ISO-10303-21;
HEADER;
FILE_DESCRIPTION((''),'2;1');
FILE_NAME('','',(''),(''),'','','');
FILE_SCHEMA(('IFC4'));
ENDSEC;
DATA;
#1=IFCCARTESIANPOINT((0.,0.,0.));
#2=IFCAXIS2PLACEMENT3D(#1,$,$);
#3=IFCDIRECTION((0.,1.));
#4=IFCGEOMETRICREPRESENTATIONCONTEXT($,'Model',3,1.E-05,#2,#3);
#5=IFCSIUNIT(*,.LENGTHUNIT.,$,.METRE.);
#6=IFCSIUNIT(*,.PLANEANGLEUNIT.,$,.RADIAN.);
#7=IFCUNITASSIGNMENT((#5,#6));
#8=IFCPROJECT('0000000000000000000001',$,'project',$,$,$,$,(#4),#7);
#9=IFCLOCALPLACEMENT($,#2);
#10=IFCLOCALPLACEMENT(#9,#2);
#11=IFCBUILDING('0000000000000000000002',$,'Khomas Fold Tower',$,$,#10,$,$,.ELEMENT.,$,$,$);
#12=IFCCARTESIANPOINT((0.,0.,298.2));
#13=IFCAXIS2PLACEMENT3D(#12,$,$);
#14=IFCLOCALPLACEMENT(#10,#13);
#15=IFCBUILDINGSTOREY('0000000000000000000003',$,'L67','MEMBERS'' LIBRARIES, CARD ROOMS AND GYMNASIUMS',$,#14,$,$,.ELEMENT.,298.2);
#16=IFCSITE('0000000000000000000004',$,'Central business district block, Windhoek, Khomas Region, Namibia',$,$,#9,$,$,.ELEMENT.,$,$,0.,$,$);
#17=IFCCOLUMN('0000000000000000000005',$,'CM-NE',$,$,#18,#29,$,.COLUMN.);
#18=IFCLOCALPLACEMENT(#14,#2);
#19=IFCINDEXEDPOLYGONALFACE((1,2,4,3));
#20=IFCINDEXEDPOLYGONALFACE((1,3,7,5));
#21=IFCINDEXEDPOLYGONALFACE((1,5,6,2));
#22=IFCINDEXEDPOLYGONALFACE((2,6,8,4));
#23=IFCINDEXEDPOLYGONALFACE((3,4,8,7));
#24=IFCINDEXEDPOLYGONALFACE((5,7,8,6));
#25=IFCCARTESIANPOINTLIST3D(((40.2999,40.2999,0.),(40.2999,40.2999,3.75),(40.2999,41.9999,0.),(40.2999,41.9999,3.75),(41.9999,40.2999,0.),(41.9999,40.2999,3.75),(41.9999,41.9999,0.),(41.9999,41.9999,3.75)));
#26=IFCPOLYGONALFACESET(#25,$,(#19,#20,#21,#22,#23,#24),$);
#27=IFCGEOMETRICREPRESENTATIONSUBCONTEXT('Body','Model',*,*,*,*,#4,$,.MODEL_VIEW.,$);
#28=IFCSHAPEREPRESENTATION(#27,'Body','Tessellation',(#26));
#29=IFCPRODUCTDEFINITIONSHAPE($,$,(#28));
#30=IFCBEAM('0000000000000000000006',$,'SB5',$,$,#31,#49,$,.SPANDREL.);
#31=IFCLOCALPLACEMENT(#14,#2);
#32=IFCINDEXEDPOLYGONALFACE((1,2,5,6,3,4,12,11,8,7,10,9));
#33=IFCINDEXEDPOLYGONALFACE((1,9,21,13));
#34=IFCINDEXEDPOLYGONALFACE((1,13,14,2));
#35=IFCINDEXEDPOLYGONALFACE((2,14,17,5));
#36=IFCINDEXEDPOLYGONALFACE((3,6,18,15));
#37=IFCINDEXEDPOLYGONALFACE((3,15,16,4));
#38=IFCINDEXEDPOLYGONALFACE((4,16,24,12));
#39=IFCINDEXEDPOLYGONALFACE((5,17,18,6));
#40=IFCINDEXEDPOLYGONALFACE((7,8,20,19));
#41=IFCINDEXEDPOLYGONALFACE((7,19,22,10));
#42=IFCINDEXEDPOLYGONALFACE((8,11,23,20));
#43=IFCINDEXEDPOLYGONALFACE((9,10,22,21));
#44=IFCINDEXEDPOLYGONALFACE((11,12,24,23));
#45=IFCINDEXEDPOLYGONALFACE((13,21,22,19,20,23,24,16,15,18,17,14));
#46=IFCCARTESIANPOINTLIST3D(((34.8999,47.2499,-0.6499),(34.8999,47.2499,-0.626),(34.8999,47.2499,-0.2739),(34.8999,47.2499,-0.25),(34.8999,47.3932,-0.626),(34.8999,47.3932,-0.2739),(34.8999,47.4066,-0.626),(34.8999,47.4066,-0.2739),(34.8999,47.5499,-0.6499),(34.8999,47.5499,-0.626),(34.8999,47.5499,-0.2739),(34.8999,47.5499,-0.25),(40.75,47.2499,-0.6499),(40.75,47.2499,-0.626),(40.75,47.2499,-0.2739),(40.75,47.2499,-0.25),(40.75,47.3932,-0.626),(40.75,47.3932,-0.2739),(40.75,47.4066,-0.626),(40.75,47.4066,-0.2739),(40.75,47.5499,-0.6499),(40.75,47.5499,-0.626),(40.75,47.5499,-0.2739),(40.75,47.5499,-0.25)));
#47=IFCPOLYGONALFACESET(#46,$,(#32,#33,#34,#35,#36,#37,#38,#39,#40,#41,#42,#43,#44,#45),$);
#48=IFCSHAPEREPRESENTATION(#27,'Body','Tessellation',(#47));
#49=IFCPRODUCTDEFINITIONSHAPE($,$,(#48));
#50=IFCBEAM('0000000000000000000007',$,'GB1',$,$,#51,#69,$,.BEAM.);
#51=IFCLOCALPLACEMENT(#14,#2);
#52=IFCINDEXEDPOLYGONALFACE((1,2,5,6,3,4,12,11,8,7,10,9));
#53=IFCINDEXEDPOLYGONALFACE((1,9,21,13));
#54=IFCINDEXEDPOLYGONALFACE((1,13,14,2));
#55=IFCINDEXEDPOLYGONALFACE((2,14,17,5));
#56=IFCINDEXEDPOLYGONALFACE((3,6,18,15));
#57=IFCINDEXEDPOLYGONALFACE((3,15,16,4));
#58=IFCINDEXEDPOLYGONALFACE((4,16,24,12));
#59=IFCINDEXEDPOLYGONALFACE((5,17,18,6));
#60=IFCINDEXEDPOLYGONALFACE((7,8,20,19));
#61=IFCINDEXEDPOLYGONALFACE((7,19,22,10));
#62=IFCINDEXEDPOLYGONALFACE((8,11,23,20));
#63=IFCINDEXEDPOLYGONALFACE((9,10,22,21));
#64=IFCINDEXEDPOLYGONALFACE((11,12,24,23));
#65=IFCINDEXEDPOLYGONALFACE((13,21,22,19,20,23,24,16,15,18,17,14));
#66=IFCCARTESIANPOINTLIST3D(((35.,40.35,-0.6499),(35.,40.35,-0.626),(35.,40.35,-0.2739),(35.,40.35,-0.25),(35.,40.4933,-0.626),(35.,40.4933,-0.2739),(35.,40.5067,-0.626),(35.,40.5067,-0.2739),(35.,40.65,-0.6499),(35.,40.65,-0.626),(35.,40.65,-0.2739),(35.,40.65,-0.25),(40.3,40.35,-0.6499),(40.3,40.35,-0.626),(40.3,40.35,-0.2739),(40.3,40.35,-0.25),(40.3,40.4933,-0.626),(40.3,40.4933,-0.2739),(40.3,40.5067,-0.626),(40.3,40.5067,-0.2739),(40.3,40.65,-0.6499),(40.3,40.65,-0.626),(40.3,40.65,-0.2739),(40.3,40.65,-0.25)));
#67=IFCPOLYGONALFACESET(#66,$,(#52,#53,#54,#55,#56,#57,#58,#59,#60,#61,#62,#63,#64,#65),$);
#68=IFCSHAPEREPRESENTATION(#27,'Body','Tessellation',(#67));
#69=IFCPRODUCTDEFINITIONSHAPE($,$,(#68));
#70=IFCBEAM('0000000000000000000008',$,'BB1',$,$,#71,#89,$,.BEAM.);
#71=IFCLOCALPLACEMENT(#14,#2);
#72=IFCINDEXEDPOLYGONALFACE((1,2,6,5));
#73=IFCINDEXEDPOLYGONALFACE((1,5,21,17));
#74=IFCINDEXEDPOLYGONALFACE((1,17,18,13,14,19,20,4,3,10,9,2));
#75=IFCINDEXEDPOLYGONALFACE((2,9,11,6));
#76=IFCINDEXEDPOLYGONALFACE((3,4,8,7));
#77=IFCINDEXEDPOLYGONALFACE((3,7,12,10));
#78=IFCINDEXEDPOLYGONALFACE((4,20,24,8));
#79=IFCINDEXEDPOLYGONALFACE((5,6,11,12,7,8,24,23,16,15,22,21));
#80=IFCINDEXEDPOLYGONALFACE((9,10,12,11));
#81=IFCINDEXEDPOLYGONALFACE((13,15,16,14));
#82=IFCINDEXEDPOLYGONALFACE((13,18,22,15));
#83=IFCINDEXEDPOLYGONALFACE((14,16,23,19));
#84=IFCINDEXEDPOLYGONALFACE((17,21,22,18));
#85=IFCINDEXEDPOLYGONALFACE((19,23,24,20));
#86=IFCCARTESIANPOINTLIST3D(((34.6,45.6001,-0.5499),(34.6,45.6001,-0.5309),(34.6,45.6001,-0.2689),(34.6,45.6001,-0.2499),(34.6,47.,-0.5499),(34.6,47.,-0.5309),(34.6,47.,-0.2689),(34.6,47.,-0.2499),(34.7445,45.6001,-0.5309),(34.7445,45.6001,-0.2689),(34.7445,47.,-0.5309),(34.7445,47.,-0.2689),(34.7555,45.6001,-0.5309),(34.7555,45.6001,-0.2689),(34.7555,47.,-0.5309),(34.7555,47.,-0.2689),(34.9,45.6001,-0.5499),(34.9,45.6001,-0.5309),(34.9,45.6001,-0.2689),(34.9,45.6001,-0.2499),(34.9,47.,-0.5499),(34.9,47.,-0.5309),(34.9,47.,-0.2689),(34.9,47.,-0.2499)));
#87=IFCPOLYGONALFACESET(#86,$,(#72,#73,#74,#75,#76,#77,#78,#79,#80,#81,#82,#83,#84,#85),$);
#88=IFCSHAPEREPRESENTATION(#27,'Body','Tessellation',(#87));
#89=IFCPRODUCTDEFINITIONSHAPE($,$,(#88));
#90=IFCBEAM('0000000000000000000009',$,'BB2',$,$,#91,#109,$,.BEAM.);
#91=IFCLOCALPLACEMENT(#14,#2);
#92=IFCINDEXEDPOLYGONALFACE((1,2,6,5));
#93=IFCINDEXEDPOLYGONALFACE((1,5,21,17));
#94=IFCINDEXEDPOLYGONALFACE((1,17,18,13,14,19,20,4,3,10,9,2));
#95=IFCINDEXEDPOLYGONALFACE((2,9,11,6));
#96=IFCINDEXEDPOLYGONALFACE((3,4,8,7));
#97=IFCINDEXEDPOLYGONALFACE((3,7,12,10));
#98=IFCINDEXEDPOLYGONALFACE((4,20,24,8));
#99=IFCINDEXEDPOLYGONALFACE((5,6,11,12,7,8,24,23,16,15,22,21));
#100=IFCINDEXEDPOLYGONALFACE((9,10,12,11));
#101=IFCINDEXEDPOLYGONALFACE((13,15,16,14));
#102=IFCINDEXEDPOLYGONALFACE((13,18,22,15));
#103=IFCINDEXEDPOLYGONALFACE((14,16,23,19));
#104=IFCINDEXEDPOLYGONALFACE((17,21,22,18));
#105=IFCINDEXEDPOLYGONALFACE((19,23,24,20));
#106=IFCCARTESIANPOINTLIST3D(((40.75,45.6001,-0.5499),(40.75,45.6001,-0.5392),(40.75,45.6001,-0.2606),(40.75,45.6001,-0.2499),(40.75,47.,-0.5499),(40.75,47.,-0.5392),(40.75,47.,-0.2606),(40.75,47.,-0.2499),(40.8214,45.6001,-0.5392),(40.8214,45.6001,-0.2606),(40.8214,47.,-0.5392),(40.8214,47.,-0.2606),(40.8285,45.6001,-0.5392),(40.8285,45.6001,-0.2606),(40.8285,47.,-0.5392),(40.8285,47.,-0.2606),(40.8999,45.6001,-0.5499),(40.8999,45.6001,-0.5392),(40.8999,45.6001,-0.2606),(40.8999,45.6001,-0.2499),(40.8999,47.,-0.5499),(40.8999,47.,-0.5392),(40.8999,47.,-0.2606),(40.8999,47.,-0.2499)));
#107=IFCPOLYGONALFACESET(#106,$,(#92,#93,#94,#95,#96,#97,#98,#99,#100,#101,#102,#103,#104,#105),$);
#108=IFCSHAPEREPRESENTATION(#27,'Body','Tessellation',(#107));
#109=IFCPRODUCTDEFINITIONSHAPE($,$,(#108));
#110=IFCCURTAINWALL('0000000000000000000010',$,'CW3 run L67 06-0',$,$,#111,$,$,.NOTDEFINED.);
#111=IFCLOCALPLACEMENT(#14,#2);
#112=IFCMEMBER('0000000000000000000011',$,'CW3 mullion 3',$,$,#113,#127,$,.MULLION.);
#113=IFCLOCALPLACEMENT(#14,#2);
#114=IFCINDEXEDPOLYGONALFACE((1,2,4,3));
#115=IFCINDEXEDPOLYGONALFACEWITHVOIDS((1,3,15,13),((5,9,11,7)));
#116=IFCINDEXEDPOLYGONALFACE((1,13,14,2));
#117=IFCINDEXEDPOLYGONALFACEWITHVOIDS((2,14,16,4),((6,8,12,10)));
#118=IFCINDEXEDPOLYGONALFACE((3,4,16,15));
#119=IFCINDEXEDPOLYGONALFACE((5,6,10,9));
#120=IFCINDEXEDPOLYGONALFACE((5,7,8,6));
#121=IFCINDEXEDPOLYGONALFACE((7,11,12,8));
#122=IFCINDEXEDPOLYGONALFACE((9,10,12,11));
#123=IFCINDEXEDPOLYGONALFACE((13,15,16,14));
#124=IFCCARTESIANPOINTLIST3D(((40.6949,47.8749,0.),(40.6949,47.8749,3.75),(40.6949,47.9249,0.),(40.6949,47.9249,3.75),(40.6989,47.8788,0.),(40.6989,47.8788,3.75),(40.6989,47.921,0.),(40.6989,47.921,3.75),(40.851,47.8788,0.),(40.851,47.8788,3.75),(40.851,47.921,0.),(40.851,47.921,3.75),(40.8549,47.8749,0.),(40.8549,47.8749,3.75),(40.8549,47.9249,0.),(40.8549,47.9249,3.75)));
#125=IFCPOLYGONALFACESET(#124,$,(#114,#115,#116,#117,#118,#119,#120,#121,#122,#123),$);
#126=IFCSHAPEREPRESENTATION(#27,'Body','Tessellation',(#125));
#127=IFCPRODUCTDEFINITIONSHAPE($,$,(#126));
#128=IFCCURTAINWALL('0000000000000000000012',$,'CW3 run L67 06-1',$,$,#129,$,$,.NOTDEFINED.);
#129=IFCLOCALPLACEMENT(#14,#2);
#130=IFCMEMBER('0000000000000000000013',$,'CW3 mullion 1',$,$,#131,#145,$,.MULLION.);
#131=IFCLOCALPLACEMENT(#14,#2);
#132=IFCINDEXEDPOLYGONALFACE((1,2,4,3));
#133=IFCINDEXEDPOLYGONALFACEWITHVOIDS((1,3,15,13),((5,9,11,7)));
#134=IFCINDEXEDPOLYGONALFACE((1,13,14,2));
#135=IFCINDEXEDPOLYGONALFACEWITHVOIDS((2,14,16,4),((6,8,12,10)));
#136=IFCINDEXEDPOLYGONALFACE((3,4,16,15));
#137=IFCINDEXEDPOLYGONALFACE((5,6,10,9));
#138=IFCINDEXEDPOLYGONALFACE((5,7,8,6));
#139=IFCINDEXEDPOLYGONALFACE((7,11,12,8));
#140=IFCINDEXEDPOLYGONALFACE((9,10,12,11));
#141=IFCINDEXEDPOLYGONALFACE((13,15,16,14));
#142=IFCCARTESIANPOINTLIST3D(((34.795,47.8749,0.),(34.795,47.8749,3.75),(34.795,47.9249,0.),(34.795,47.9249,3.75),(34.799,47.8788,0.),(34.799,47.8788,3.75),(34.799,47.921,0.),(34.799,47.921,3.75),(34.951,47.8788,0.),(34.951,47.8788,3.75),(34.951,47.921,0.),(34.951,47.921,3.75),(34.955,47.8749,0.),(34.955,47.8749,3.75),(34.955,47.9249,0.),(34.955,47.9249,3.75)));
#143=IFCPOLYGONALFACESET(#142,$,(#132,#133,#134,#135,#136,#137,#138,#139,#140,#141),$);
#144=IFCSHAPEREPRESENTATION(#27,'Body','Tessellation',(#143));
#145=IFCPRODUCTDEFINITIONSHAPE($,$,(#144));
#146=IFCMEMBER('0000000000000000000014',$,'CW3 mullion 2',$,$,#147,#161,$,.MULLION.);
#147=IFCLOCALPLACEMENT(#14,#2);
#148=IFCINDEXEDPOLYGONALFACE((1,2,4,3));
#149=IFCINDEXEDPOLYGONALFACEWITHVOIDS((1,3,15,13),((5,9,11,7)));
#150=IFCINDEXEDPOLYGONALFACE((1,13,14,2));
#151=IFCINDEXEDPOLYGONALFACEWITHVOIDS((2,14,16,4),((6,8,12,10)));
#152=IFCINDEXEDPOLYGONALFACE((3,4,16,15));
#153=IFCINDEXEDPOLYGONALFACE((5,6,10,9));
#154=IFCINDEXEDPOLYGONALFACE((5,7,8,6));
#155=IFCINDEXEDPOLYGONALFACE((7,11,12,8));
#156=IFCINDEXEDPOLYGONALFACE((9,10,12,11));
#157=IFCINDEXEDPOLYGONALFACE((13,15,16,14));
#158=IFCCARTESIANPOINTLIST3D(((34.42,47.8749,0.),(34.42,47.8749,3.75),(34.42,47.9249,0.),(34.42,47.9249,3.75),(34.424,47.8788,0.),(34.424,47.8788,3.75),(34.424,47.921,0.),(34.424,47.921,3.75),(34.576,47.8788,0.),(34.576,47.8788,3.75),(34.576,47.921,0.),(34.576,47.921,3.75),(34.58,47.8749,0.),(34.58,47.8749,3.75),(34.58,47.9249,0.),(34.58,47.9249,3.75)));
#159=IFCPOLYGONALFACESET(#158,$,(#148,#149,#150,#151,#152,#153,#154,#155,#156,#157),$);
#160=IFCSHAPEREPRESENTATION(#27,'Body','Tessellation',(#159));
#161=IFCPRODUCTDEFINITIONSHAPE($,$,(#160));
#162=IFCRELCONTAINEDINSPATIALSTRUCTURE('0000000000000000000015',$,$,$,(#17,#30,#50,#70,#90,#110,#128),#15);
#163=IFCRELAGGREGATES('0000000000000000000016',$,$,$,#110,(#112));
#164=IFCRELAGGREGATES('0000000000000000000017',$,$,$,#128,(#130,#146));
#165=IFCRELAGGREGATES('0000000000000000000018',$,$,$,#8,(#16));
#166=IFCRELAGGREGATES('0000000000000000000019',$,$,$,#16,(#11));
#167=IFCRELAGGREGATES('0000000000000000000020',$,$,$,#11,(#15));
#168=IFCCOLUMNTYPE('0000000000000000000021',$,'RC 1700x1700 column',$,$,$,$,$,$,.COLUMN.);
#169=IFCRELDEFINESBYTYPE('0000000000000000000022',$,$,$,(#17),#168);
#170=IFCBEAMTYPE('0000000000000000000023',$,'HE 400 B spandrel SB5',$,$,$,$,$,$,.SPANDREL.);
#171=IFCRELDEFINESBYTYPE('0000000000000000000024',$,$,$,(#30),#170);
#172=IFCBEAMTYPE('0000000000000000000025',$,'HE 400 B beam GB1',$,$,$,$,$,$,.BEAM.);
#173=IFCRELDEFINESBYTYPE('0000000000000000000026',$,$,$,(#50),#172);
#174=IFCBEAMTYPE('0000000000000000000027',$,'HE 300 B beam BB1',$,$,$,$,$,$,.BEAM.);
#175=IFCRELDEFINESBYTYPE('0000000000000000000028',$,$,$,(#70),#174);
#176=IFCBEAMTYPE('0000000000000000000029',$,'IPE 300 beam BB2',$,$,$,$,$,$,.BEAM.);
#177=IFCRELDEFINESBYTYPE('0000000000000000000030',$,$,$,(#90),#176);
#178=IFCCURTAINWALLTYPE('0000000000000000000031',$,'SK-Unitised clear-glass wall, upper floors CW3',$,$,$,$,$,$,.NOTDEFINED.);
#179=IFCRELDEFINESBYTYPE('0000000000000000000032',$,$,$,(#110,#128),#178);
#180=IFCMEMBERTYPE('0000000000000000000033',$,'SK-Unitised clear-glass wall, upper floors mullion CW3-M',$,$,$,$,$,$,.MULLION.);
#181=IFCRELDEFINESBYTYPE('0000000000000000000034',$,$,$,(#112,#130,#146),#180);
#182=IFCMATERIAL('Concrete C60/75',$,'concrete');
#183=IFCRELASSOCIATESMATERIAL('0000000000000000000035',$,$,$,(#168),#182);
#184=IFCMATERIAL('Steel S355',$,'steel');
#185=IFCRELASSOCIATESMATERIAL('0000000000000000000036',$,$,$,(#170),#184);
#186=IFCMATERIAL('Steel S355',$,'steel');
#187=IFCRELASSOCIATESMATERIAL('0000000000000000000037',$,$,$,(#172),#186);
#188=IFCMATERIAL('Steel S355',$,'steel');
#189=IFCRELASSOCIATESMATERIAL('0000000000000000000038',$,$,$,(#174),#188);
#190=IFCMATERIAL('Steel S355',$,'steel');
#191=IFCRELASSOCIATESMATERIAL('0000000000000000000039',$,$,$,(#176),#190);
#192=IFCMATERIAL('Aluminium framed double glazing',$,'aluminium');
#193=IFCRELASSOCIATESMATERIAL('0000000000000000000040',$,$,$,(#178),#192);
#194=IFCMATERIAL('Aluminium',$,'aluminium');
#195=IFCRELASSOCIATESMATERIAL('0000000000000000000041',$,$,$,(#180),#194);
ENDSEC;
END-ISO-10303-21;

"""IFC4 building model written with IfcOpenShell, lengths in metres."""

from ifc_helpers import new_model, si_unit, direction, frame, origin, origin_2d, place, context, subcontext, project, spatial, rectangle, hollow_rectangle, i_section, extrude, source, transform, mapped, material, material_profile, profile_set, type_object, element, aggregate, save


model = new_model("IFC4")

# Units and contexts
model_context = context("Model", 3, precision=1e-05, world=origin(), true_north=direction((0.0, 1.0)))
body_context = subcontext(model_context, "Body", "Model", "MODEL_VIEW")
ifc_project = project(units=[si_unit("LENGTHUNIT", "METRE"), si_unit("PLANEANGLEUNIT", "RADIAN")], contexts=[model_context])

# Site, building, storey
site_placement = place(None, origin())
site = spatial("IfcSite", under=ifc_project, at=site_placement, Name="Central business district block, Windhoek, Khomas Region, Namibia", CompositionType="ELEMENT", RefElevation=0.0)
building_placement = place(site_placement, origin())
building = spatial("IfcBuilding", under=site, at=building_placement, Name="Khomas Fold Tower", CompositionType="ELEMENT")
storey_placement = place(building_placement, frame((0.0, 0.0, 298.2)))
storey = spatial("IfcBuildingStorey", under=building, at=storey_placement, Name="L67", Description="MEMBERS' LIBRARIES, CARD ROOMS AND GYMNASIUMS", CompositionType="ELEMENT", Elevation=298.2)

# Column
ifc_material_1 = material(Name="Concrete C60/75", Category="concrete")
ifc_material_profile_1 = material_profile(ifc_material_1, rectangle(XDim=1.7, YDim=1.7, at=origin_2d()), Name="RC 1700x1700")
ifc_profile_set_1 = profile_set([ifc_material_profile_1], Name="Concrete C60/75")
column_type = type_object("IfcColumnType", Name="RC 1700x1700 column", PredefinedType="COLUMN", material=ifc_profile_set_1)
shared_shape_1 = source(origin(), body_context, "Body", "SweptSolid", [
    extrude(rectangle(XDim=1.7, YDim=1.7, at=origin_2d()), origin(), (0.0, 0.0, 1.0), 3.75),
])
column_placement = place(storey_placement, frame((41.1499, 41.1499, 0.0), z_axis=(0.0, 0.0, 1.0), x_axis=(1.0, 0.0, 0.0)))
element("IfcColumn", 1, at=column_placement, inside=storey, type_object=column_type, Name="CM-NE", PredefinedType="COLUMN", context=body_context, shape_type="MappedRepresentation", body=[
    mapped(shared_shape_1, transform((0.0, 0.0, 0.0))),
])

# Beams
ifc_material_2 = material(Name="Steel S355", Category="steel")
ifc_material_profile_2 = material_profile(ifc_material_2, i_section(OverallWidth=0.3, OverallDepth=0.3999, WebThickness=0.0134, FlangeThickness=0.0239, at=origin_2d()), Name="HE 400 B")
ifc_profile_set_2 = profile_set([ifc_material_profile_2], Name="Steel S355")
beam_type_1 = type_object("IfcBeamType", Name="HE 400 B spandrel SB5", PredefinedType="SPANDREL", material=ifc_profile_set_2)
shared_shape_2 = source(origin(), body_context, "Body", "SweptSolid", [
    extrude(i_section(OverallWidth=0.3, OverallDepth=0.3999, WebThickness=0.0134, FlangeThickness=0.0239, at=origin_2d()), origin(), (0.0, 0.0, 1.0), 5.8501),
])
beam_1_placement = place(storey_placement, frame((34.8999, 47.3999, -0.45), z_axis=(1.0, 0.0, 0.0), x_axis=(0.0, 1.0, 0.0)))
element("IfcBeam", 2, at=beam_1_placement, inside=storey, type_object=beam_type_1, Name="SB5", PredefinedType="SPANDREL", context=body_context, shape_type="MappedRepresentation", body=[
    mapped(shared_shape_2, transform((0.0, 0.0, 0.0))),
])
ifc_material_3 = material(Name="Steel S355", Category="steel")
ifc_material_profile_3 = material_profile(ifc_material_3, i_section(OverallWidth=0.3, OverallDepth=0.3999, WebThickness=0.0134, FlangeThickness=0.0239, at=origin_2d()), Name="HE 400 B")
ifc_profile_set_3 = profile_set([ifc_material_profile_3], Name="Steel S355")
beam_type_2 = type_object("IfcBeamType", Name="HE 400 B beam GB1", PredefinedType="BEAM", material=ifc_profile_set_3)
shared_shape_3 = source(origin(), body_context, "Body", "SweptSolid", [
    extrude(i_section(OverallWidth=0.3, OverallDepth=0.3999, WebThickness=0.0134, FlangeThickness=0.0239, at=origin_2d()), origin(), (0.0, 0.0, 1.0), 5.3),
])
beam_2_placement = place(storey_placement, frame((35.0, 40.5, -0.45), z_axis=(1.0, 0.0, 0.0), x_axis=(0.0, 1.0, 0.0)))
element("IfcBeam", 3, at=beam_2_placement, inside=storey, type_object=beam_type_2, Name="GB1", PredefinedType="BEAM", context=body_context, shape_type="MappedRepresentation", body=[
    mapped(shared_shape_3, transform((0.0, 0.0, 0.0))),
])
ifc_material_4 = material(Name="Steel S355", Category="steel")
ifc_material_profile_4 = material_profile(ifc_material_4, i_section(OverallWidth=0.3, OverallDepth=0.3, WebThickness=0.011, FlangeThickness=0.019, at=origin_2d()), Name="HE 300 B")
ifc_profile_set_4 = profile_set([ifc_material_profile_4], Name="Steel S355")
beam_type_3 = type_object("IfcBeamType", Name="HE 300 B beam BB1", PredefinedType="BEAM", material=ifc_profile_set_4)
shared_shape_4 = source(origin(), body_context, "Body", "SweptSolid", [
    extrude(i_section(OverallWidth=0.3, OverallDepth=0.3, WebThickness=0.011, FlangeThickness=0.019, at=origin_2d()), origin(), (0.0, 0.0, 1.0), 1.3999),
])
beam_3_placement = place(storey_placement, frame((34.75, 45.6001, -0.3999), z_axis=(0.0, 1.0, 0.0), x_axis=(-1.0, 0.0, 0.0)))
element("IfcBeam", 4, at=beam_3_placement, inside=storey, type_object=beam_type_3, Name="BB1", PredefinedType="BEAM", context=body_context, shape_type="MappedRepresentation", body=[
    mapped(shared_shape_4, transform((0.0, 0.0, 0.0))),
])
ifc_material_5 = material(Name="Steel S355", Category="steel")
ifc_material_profile_5 = material_profile(ifc_material_5, i_section(OverallWidth=0.1499, OverallDepth=0.3, WebThickness=0.0071, FlangeThickness=0.0107, at=origin_2d()), Name="IPE 300")
ifc_profile_set_5 = profile_set([ifc_material_profile_5], Name="Steel S355")
beam_type_4 = type_object("IfcBeamType", Name="IPE 300 beam BB2", PredefinedType="BEAM", material=ifc_profile_set_5)
shared_shape_5 = source(origin(), body_context, "Body", "SweptSolid", [
    extrude(i_section(OverallWidth=0.1499, OverallDepth=0.3, WebThickness=0.0071, FlangeThickness=0.0107, at=origin_2d()), origin(), (0.0, 0.0, 1.0), 1.3999),
])
beam_4_placement = place(storey_placement, frame((40.825, 45.6001, -0.3999), z_axis=(0.0, 1.0, 0.0), x_axis=(-1.0, 0.0, 0.0)))
element("IfcBeam", 5, at=beam_4_placement, inside=storey, type_object=beam_type_4, Name="BB2", PredefinedType="BEAM", context=body_context, shape_type="MappedRepresentation", body=[
    mapped(shared_shape_5, transform((0.0, 0.0, 0.0))),
])

# Curtain wall, member
ifc_material_6 = material(Name="Aluminium framed double glazing", Category="aluminium")
curtain_wall_type = type_object("IfcCurtainWallType", Name="SK-Unitised clear-glass wall, upper floors CW3", PredefinedType="NOTDEFINED", material=ifc_material_6)
curtain_wall_1_placement = place(storey_placement, origin())
curtain_wall_1 = element("IfcCurtainWall", 6, at=curtain_wall_1_placement, inside=storey, type_object=curtain_wall_type, Name="CW3 run L67 06-0", PredefinedType="NOTDEFINED")
ifc_material_7 = material(Name="Aluminium", Category="aluminium")
ifc_material_profile_6 = material_profile(ifc_material_7, hollow_rectangle(XDim=0.05, YDim=0.1599, WallThickness=0.0039, at=origin_2d()), Name="SK-Unitised clear-glass wall, upper floors mullion CW3-M")
ifc_profile_set_6 = profile_set([ifc_material_profile_6], Name="Aluminium")
member_type_1 = type_object("IfcMemberType", Name="SK-Unitised clear-glass wall, upper floors mullion CW3-M", PredefinedType="MULLION", material=ifc_profile_set_6)
shared_shape_6 = source(origin(), body_context, "Body", "SweptSolid", [
    extrude(hollow_rectangle(XDim=0.05, YDim=0.1599, WallThickness=0.0039, at=origin_2d()), origin(), (0.0, 0.0, 1.0), 3.75),
])
member_1_placement = place(storey_placement, frame((40.7749, 47.8999, 0.0), z_axis=(0.0, 0.0, 1.0), x_axis=(0.0, -1.0, 0.0)))
member_1 = element("IfcMember", 7, at=member_1_placement, type_object=member_type_1, Name="CW3 mullion 3", PredefinedType="MULLION", context=body_context, shape_type="MappedRepresentation", body=[
    mapped(shared_shape_6, transform((0.0, 0.0, 0.0))),
])

# Curtain wall, members
curtain_wall_2_placement = place(storey_placement, origin())
curtain_wall_2 = element("IfcCurtainWall", 8, at=curtain_wall_2_placement, inside=storey, type_object=curtain_wall_type, Name="CW3 run L67 06-1", PredefinedType="NOTDEFINED")
member_2_placement = place(storey_placement, frame((34.875, 47.8999, 0.0), z_axis=(0.0, 0.0, 1.0), x_axis=(0.0, -1.0, 0.0)))
member_2 = element("IfcMember", 9, at=member_2_placement, type_object=member_type_1, Name="CW3 mullion 1", PredefinedType="MULLION", context=body_context, shape_type="MappedRepresentation", body=[
    mapped(shared_shape_6, transform((0.0, 0.0, 0.0))),
])
member_3_placement = place(storey_placement, frame((34.5, 47.8999, 0.0), z_axis=(0.0, 0.0, 1.0), x_axis=(0.0, -1.0, 0.0)))
member_3 = element("IfcMember", 10, at=member_3_placement, type_object=member_type_1, Name="CW3 mullion 2", PredefinedType="MULLION", context=body_context, shape_type="MappedRepresentation", body=[
    mapped(shared_shape_6, transform((0.0, 0.0, 0.0))),
])

aggregate(curtain_wall_1, [member_1])
aggregate(curtain_wall_2, [member_2, member_3])

save(model, "model.ifc")
